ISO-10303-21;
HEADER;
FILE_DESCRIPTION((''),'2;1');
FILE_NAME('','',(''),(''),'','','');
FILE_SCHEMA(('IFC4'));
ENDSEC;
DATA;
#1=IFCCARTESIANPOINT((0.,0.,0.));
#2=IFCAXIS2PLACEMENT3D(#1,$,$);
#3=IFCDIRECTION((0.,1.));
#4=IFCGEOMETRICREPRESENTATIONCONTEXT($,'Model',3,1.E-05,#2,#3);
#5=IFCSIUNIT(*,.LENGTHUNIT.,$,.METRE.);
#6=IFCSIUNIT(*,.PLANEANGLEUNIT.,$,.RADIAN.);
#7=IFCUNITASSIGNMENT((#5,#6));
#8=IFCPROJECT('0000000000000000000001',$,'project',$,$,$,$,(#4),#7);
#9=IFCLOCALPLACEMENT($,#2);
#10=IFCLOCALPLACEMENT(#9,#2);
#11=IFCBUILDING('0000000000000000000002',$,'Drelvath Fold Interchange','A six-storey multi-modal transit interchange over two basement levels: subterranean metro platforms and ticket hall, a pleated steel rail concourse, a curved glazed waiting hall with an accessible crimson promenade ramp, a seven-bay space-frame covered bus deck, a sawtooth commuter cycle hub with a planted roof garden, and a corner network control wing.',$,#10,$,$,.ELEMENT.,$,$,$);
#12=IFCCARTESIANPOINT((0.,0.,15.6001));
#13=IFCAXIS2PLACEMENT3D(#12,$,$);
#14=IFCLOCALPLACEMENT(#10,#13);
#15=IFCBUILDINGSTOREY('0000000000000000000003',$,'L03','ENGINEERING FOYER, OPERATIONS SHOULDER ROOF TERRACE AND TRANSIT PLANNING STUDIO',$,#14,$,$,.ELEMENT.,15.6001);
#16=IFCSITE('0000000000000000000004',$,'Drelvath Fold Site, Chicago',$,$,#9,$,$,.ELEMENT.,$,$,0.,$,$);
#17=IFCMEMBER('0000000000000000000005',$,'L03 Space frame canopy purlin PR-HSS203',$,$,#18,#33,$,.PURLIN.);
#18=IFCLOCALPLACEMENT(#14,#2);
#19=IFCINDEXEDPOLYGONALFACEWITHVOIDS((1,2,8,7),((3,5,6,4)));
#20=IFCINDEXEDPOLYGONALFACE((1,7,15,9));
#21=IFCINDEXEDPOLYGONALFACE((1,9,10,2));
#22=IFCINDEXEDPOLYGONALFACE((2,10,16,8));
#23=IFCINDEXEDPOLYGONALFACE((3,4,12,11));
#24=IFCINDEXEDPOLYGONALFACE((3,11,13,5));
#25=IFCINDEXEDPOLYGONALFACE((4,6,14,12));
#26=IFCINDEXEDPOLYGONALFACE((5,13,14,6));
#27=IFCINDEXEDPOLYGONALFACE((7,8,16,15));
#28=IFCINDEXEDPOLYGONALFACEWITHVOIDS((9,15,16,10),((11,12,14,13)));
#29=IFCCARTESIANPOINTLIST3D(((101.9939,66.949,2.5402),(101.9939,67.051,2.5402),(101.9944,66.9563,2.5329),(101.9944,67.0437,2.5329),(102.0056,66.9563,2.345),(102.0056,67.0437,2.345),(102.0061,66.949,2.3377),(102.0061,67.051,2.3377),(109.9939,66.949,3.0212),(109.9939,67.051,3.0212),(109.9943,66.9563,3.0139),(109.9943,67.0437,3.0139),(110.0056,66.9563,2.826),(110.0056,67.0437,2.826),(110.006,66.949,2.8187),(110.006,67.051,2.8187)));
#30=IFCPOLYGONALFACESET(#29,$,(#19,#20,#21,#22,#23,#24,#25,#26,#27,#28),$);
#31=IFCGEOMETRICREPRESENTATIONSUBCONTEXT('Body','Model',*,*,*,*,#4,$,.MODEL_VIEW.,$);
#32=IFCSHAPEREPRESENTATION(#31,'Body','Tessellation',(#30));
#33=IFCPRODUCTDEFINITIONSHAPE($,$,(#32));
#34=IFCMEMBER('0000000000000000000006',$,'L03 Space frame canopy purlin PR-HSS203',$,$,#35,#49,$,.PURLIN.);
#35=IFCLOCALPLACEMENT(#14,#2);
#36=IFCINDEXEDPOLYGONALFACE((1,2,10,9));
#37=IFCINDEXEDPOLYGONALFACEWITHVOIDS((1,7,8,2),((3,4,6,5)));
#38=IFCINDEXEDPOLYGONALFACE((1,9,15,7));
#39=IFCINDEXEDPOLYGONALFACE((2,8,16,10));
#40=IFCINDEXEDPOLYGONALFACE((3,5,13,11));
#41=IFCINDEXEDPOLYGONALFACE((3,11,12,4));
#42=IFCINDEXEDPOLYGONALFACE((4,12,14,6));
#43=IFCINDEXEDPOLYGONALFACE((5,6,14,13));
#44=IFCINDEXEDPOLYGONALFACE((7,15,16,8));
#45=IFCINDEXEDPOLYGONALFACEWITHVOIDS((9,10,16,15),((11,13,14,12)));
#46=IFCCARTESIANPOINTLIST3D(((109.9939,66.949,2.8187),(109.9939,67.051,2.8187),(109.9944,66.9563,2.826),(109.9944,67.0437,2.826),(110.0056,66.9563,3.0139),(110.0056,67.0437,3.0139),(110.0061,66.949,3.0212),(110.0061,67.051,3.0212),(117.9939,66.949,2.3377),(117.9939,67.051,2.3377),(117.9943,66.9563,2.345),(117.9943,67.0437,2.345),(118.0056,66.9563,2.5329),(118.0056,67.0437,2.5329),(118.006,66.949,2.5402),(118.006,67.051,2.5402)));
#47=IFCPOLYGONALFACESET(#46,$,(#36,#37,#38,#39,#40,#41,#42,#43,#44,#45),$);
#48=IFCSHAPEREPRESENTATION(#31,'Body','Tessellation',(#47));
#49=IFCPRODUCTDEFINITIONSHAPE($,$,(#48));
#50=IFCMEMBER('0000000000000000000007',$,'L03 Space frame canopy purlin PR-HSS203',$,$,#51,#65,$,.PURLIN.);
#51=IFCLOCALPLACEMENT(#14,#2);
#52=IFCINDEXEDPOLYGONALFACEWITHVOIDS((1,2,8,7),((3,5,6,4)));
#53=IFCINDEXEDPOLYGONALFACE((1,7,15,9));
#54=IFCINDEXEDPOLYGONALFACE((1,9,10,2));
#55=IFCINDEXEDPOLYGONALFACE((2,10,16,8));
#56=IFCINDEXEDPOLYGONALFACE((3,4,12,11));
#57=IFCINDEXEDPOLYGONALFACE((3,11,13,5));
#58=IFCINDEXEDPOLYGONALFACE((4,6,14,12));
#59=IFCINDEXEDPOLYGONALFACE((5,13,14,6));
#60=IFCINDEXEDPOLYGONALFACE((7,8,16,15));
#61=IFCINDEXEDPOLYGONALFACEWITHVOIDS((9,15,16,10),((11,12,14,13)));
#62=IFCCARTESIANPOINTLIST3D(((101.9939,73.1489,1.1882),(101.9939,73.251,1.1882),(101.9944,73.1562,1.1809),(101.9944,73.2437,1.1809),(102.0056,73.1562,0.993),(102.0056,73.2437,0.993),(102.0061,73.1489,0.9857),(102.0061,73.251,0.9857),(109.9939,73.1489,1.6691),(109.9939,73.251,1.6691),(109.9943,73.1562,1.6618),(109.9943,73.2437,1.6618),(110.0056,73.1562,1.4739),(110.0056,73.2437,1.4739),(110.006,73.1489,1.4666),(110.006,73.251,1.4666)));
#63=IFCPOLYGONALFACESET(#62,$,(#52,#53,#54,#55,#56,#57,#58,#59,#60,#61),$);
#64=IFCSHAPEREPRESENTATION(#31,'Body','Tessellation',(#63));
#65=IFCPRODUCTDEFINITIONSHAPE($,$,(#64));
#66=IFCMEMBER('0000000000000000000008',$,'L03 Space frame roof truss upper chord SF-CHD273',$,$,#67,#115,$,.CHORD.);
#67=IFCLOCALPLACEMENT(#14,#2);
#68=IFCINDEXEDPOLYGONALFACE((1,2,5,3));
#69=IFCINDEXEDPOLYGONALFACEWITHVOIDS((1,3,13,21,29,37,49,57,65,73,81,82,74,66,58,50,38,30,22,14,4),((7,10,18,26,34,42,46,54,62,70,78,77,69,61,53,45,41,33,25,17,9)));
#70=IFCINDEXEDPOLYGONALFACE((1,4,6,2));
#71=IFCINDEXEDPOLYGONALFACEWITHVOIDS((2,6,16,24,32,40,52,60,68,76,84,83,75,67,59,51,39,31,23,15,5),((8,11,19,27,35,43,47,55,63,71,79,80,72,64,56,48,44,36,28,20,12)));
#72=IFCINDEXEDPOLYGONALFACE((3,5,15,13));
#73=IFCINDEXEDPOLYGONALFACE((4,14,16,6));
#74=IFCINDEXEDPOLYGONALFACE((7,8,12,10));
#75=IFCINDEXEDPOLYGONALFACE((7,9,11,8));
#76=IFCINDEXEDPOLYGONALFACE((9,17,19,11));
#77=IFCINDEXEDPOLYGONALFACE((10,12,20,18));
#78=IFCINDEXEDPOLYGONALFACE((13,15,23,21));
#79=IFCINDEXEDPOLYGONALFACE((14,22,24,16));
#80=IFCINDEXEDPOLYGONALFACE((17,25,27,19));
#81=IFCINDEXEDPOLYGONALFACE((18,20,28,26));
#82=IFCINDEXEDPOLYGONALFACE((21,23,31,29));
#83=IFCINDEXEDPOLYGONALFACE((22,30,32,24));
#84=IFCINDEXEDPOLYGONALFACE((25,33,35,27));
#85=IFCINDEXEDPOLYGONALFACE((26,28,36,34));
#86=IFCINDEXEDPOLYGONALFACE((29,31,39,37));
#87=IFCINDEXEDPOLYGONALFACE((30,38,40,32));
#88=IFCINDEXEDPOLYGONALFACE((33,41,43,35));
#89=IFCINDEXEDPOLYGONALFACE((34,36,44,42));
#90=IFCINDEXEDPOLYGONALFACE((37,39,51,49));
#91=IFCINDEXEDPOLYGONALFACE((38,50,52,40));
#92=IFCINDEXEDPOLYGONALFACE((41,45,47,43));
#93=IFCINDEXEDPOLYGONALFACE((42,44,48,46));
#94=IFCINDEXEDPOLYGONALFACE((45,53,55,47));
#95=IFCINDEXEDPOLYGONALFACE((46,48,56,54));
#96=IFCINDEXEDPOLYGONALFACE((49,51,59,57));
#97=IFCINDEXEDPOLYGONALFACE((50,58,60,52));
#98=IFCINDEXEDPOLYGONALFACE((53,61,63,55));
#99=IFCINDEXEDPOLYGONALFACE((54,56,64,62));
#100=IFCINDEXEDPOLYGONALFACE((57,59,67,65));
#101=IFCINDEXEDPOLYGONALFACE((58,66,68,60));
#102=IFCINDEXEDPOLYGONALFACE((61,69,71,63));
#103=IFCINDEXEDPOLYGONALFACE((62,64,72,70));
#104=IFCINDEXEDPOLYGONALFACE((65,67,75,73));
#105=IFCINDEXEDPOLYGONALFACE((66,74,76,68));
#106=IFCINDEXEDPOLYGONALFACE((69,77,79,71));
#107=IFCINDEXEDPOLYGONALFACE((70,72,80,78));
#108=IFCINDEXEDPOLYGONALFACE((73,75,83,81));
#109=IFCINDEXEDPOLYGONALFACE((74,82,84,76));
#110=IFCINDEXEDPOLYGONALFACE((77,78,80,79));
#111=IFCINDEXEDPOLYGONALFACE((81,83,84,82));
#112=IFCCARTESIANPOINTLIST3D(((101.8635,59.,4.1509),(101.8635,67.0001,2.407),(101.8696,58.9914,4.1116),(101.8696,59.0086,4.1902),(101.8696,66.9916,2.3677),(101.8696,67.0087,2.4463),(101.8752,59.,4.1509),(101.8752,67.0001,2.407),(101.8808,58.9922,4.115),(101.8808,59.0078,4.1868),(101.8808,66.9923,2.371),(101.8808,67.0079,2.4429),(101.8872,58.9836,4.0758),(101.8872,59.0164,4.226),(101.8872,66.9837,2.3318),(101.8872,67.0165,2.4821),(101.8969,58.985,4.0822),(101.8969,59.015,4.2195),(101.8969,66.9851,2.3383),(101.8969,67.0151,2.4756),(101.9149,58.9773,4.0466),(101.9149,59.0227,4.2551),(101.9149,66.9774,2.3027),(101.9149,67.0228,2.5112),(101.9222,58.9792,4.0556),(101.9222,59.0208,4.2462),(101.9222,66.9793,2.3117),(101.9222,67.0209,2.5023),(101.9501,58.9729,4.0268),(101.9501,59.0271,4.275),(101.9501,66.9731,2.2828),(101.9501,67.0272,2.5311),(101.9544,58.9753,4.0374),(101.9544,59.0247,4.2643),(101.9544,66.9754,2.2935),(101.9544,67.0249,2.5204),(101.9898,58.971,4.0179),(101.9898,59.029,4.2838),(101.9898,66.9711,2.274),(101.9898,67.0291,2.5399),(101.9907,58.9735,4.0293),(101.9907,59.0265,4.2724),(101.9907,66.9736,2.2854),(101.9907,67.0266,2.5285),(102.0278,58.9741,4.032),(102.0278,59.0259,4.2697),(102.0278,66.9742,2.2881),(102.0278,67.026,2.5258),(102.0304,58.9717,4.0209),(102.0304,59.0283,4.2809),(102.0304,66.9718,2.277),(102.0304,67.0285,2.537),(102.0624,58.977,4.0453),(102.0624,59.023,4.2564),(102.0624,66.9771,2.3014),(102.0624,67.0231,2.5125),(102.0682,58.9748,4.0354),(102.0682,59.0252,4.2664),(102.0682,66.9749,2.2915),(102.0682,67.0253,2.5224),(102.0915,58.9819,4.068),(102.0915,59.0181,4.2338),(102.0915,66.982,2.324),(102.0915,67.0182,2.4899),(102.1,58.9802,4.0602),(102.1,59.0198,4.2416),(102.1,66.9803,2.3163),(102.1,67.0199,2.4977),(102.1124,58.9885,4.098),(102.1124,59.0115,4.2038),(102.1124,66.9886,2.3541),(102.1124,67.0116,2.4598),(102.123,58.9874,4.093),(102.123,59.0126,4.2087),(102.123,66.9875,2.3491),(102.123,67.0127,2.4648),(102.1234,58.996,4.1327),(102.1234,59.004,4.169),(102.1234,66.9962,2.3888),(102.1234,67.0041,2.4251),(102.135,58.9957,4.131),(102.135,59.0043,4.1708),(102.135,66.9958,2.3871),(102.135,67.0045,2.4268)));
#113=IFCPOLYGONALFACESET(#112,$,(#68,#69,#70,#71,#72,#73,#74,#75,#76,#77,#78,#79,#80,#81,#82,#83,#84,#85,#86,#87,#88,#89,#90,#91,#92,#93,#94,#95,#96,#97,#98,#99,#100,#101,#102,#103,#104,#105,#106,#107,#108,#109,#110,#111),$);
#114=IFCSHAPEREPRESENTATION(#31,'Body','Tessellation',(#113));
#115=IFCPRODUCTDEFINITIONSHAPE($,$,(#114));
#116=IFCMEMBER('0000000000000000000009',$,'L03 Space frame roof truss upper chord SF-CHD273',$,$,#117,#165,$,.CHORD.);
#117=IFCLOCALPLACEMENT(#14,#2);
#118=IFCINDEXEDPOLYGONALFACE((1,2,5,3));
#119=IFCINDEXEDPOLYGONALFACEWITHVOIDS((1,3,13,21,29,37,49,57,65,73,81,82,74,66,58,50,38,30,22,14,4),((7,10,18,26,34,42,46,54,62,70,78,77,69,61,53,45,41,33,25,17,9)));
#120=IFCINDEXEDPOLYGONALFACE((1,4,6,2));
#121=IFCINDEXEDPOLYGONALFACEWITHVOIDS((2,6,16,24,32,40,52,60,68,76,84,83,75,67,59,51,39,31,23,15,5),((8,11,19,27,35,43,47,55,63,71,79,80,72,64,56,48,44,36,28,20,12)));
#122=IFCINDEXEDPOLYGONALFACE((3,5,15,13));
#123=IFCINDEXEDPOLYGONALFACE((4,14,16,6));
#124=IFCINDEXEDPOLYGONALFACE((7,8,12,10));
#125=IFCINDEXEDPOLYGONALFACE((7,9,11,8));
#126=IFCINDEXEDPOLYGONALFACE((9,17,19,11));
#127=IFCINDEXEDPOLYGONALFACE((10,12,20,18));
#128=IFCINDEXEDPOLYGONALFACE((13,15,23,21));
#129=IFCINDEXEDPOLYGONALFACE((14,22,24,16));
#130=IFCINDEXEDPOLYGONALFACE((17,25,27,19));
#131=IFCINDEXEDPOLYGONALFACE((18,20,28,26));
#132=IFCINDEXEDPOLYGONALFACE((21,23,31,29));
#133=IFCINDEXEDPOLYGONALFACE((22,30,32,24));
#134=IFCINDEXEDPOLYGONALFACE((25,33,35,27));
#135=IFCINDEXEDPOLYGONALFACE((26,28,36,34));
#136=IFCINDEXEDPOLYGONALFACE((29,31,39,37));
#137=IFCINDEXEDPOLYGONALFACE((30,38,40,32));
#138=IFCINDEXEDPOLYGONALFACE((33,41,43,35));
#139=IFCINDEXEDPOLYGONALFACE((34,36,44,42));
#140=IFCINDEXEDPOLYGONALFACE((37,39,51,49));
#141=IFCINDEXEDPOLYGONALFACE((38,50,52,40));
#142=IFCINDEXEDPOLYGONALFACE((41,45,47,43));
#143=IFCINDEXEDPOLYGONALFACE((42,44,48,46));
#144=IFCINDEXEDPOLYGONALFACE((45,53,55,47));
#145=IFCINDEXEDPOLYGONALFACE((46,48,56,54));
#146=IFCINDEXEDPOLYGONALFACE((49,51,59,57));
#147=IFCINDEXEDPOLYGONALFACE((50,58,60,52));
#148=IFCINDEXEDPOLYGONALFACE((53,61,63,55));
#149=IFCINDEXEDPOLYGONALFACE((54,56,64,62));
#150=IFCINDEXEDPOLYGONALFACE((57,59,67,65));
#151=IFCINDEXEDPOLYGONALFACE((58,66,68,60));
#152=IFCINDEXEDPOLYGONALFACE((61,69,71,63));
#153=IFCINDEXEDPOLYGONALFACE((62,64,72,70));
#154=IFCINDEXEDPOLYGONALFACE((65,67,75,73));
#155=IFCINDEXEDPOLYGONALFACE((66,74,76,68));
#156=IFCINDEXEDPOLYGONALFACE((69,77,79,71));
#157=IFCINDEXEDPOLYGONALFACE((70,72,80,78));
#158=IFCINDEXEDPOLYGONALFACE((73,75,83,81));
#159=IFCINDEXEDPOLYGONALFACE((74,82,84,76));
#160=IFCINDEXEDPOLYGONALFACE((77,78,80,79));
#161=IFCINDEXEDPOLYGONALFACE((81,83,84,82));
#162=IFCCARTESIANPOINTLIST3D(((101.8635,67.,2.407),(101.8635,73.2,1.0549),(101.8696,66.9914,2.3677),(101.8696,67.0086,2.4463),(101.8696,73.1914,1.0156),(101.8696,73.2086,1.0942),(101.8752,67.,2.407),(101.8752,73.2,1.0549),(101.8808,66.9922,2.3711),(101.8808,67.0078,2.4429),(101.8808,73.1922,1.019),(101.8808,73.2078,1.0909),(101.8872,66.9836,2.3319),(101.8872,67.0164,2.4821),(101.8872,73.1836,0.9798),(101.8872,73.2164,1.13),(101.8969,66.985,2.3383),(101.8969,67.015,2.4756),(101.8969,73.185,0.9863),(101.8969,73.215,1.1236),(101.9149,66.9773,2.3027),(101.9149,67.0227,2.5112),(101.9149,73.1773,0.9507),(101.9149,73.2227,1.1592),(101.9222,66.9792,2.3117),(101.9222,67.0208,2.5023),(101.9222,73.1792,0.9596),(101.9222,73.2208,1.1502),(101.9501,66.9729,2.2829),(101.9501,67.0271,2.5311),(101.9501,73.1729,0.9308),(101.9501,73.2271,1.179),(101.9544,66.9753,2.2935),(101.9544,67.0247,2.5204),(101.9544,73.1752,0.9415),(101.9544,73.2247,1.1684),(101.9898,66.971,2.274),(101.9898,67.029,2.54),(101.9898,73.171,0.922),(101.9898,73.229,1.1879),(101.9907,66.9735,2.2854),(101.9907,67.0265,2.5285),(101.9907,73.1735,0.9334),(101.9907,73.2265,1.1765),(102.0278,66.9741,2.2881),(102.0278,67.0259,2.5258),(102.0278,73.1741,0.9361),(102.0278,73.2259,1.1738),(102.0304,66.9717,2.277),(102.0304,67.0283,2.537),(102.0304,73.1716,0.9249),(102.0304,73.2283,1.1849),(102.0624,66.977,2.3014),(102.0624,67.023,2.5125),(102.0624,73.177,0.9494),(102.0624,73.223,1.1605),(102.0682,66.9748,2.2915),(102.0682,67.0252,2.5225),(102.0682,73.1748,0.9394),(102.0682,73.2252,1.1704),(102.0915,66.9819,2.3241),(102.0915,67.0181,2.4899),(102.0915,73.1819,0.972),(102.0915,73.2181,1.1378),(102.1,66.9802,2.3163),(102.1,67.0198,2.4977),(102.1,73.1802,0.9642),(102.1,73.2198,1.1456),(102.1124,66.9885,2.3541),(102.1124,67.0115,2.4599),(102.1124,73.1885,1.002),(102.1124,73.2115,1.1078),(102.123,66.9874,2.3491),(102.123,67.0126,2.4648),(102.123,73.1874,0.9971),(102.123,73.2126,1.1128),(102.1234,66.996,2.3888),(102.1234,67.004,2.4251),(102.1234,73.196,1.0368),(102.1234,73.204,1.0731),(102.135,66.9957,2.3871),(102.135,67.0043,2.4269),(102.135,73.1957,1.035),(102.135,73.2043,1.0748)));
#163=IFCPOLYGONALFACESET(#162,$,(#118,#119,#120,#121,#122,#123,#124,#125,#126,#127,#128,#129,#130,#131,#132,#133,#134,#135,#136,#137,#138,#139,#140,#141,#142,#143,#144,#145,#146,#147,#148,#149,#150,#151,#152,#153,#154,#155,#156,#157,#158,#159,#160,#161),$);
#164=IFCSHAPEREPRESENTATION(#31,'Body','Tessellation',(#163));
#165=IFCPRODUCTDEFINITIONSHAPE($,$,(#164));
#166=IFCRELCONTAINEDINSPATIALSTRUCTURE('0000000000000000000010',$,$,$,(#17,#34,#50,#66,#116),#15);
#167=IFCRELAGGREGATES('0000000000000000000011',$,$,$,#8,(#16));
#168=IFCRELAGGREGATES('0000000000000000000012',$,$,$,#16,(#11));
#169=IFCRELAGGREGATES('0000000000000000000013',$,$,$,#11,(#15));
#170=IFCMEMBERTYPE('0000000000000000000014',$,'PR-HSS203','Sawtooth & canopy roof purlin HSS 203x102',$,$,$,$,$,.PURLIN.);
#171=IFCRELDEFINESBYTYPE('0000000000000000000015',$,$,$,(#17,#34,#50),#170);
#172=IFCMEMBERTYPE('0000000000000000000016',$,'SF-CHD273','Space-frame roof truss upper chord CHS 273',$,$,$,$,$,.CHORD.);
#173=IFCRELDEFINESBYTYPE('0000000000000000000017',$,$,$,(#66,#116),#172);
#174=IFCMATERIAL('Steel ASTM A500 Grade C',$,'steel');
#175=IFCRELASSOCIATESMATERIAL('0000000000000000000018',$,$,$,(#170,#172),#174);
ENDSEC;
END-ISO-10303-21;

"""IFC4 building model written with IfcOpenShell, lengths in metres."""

from ifc_helpers import new_model, si_unit, direction, frame, origin, origin_2d, place, context, subcontext, project, spatial, hollow_rectangle, hollow_circle, extrude, material, material_profile, profile_set, type_object, element, save


model = new_model("IFC4")

# Units and contexts
model_context = context("Model", 3, precision=1e-05, world=origin(), true_north=direction((0.0, 1.0)))
body_context = subcontext(model_context, "Body", "Model", "MODEL_VIEW")
ifc_project = project(units=[si_unit("LENGTHUNIT", "METRE"), si_unit("PLANEANGLEUNIT", "RADIAN")], contexts=[model_context])

# Site, building, storey
site_placement = place(None, origin())
site = spatial("IfcSite", under=ifc_project, at=site_placement, Name="Drelvath Fold Site, Chicago", CompositionType="ELEMENT", RefElevation=0.0)
building_placement = place(site_placement, origin())
building = spatial("IfcBuilding", under=site, at=building_placement, Name="Drelvath Fold Interchange", Description="A six-storey multi-modal transit interchange over two basement levels: subterranean metro platforms and ticket hall, a pleated steel rail concourse, a curved glazed waiting hall with an accessible crimson promenade ramp, a seven-bay space-frame covered bus deck, a sawtooth commuter cycle hub with a planted roof garden, and a corner network control wing.", CompositionType="ELEMENT")
storey_placement = place(building_placement, frame((0.0, 0.0, 15.6001)))
storey = spatial("IfcBuildingStorey", under=building, at=storey_placement, Name="L03", Description="ENGINEERING FOYER, OPERATIONS SHOULDER ROOF TERRACE AND TRANSIT PLANNING STUDIO", CompositionType="ELEMENT", Elevation=15.6001)

# Members
ifc_material_1 = material(Name="Steel ASTM A500 Grade C", Category="steel")
ifc_material_profile_1 = material_profile(ifc_material_1, hollow_rectangle(XDim=0.1021, YDim=0.2029, WallThickness=0.0073, at=origin_2d()), Name="HSS8X4X5/16")
ifc_profile_set_1 = profile_set([ifc_material_profile_1], Name="Steel ASTM A500 Grade C")
member_type_1 = type_object("IfcMemberType", Name="PR-HSS203", Description="Sawtooth & canopy roof purlin HSS 203x102", PredefinedType="PURLIN", material=ifc_profile_set_1)
for number, where, z_axis, x_axis, name in (
    (1, (102.0, 67.0, 2.439), (0.998198, 0.0, 0.060011), (0.0, 1.0, 0.0), "L03 Space frame canopy purlin PR-HSS203"),
    (2, (110.0, 67.0, 2.9199), (0.998198, 0.0, -0.060011), (0.0, 1.0, 0.0), "L03 Space frame canopy purlin PR-HSS203"),
    (3, (102.0, 73.2, 1.0869), (0.998198, 0.0, 0.060011), (0.0, 1.0, 0.0), "L03 Space frame canopy purlin PR-HSS203"),
):
    element("IfcMember", number, at=place(storey_placement, frame(where, z_axis=z_axis, x_axis=x_axis)), inside=storey, type_object=member_type_1, Name=name, PredefinedType="PURLIN", context=body_context, shape_type="SweptSolid", body=[
        extrude(hollow_rectangle(XDim=0.1021, YDim=0.2029, WallThickness=0.0073, at=origin_2d()), origin(), (0.0, 0.0, 1.0), 8.0144),
    ])
ifc_material_profile_2 = material_profile(ifc_material_1, hollow_circle(Radius=0.1365, WallThickness=0.0117, at=origin_2d()), Name="HSS10.750X0.500")
ifc_profile_set_2 = profile_set([ifc_material_profile_2], Name="Steel ASTM A500 Grade C")
member_type_2 = type_object("IfcMemberType", Name="SF-CHD273", Description="Space-frame roof truss upper chord CHS 273", PredefinedType="CHORD", material=ifc_profile_set_2)
member_1_placement = place(storey_placement, frame((102.0, 59.0, 4.1509), z_axis=(0.0, 0.977055, -0.212985), x_axis=(-1.0, 0.0, 0.0)))
element("IfcMember", 4, at=member_1_placement, inside=storey, type_object=member_type_2, Name="L03 Space frame roof truss upper chord SF-CHD273", PredefinedType="CHORD", context=body_context, shape_type="SweptSolid", body=[
    extrude(hollow_circle(Radius=0.1365, WallThickness=0.0117, at=origin_2d()), origin(), (0.0, 0.0, 1.0), 8.188),
])
member_2_placement = place(storey_placement, frame((102.0, 67.0, 2.407), z_axis=(0.0, 0.977038, -0.213067), x_axis=(-1.0, 0.0, 0.0)))
element("IfcMember", 5, at=member_2_placement, inside=storey, type_object=member_type_2, Name="L03 Space frame roof truss upper chord SF-CHD273", PredefinedType="CHORD", context=body_context, shape_type="SweptSolid", body=[
    extrude(hollow_circle(Radius=0.1365, WallThickness=0.0117, at=origin_2d()), origin(), (0.0, 0.0, 1.0), 6.3457),
])

save(model, "model.ifc")
